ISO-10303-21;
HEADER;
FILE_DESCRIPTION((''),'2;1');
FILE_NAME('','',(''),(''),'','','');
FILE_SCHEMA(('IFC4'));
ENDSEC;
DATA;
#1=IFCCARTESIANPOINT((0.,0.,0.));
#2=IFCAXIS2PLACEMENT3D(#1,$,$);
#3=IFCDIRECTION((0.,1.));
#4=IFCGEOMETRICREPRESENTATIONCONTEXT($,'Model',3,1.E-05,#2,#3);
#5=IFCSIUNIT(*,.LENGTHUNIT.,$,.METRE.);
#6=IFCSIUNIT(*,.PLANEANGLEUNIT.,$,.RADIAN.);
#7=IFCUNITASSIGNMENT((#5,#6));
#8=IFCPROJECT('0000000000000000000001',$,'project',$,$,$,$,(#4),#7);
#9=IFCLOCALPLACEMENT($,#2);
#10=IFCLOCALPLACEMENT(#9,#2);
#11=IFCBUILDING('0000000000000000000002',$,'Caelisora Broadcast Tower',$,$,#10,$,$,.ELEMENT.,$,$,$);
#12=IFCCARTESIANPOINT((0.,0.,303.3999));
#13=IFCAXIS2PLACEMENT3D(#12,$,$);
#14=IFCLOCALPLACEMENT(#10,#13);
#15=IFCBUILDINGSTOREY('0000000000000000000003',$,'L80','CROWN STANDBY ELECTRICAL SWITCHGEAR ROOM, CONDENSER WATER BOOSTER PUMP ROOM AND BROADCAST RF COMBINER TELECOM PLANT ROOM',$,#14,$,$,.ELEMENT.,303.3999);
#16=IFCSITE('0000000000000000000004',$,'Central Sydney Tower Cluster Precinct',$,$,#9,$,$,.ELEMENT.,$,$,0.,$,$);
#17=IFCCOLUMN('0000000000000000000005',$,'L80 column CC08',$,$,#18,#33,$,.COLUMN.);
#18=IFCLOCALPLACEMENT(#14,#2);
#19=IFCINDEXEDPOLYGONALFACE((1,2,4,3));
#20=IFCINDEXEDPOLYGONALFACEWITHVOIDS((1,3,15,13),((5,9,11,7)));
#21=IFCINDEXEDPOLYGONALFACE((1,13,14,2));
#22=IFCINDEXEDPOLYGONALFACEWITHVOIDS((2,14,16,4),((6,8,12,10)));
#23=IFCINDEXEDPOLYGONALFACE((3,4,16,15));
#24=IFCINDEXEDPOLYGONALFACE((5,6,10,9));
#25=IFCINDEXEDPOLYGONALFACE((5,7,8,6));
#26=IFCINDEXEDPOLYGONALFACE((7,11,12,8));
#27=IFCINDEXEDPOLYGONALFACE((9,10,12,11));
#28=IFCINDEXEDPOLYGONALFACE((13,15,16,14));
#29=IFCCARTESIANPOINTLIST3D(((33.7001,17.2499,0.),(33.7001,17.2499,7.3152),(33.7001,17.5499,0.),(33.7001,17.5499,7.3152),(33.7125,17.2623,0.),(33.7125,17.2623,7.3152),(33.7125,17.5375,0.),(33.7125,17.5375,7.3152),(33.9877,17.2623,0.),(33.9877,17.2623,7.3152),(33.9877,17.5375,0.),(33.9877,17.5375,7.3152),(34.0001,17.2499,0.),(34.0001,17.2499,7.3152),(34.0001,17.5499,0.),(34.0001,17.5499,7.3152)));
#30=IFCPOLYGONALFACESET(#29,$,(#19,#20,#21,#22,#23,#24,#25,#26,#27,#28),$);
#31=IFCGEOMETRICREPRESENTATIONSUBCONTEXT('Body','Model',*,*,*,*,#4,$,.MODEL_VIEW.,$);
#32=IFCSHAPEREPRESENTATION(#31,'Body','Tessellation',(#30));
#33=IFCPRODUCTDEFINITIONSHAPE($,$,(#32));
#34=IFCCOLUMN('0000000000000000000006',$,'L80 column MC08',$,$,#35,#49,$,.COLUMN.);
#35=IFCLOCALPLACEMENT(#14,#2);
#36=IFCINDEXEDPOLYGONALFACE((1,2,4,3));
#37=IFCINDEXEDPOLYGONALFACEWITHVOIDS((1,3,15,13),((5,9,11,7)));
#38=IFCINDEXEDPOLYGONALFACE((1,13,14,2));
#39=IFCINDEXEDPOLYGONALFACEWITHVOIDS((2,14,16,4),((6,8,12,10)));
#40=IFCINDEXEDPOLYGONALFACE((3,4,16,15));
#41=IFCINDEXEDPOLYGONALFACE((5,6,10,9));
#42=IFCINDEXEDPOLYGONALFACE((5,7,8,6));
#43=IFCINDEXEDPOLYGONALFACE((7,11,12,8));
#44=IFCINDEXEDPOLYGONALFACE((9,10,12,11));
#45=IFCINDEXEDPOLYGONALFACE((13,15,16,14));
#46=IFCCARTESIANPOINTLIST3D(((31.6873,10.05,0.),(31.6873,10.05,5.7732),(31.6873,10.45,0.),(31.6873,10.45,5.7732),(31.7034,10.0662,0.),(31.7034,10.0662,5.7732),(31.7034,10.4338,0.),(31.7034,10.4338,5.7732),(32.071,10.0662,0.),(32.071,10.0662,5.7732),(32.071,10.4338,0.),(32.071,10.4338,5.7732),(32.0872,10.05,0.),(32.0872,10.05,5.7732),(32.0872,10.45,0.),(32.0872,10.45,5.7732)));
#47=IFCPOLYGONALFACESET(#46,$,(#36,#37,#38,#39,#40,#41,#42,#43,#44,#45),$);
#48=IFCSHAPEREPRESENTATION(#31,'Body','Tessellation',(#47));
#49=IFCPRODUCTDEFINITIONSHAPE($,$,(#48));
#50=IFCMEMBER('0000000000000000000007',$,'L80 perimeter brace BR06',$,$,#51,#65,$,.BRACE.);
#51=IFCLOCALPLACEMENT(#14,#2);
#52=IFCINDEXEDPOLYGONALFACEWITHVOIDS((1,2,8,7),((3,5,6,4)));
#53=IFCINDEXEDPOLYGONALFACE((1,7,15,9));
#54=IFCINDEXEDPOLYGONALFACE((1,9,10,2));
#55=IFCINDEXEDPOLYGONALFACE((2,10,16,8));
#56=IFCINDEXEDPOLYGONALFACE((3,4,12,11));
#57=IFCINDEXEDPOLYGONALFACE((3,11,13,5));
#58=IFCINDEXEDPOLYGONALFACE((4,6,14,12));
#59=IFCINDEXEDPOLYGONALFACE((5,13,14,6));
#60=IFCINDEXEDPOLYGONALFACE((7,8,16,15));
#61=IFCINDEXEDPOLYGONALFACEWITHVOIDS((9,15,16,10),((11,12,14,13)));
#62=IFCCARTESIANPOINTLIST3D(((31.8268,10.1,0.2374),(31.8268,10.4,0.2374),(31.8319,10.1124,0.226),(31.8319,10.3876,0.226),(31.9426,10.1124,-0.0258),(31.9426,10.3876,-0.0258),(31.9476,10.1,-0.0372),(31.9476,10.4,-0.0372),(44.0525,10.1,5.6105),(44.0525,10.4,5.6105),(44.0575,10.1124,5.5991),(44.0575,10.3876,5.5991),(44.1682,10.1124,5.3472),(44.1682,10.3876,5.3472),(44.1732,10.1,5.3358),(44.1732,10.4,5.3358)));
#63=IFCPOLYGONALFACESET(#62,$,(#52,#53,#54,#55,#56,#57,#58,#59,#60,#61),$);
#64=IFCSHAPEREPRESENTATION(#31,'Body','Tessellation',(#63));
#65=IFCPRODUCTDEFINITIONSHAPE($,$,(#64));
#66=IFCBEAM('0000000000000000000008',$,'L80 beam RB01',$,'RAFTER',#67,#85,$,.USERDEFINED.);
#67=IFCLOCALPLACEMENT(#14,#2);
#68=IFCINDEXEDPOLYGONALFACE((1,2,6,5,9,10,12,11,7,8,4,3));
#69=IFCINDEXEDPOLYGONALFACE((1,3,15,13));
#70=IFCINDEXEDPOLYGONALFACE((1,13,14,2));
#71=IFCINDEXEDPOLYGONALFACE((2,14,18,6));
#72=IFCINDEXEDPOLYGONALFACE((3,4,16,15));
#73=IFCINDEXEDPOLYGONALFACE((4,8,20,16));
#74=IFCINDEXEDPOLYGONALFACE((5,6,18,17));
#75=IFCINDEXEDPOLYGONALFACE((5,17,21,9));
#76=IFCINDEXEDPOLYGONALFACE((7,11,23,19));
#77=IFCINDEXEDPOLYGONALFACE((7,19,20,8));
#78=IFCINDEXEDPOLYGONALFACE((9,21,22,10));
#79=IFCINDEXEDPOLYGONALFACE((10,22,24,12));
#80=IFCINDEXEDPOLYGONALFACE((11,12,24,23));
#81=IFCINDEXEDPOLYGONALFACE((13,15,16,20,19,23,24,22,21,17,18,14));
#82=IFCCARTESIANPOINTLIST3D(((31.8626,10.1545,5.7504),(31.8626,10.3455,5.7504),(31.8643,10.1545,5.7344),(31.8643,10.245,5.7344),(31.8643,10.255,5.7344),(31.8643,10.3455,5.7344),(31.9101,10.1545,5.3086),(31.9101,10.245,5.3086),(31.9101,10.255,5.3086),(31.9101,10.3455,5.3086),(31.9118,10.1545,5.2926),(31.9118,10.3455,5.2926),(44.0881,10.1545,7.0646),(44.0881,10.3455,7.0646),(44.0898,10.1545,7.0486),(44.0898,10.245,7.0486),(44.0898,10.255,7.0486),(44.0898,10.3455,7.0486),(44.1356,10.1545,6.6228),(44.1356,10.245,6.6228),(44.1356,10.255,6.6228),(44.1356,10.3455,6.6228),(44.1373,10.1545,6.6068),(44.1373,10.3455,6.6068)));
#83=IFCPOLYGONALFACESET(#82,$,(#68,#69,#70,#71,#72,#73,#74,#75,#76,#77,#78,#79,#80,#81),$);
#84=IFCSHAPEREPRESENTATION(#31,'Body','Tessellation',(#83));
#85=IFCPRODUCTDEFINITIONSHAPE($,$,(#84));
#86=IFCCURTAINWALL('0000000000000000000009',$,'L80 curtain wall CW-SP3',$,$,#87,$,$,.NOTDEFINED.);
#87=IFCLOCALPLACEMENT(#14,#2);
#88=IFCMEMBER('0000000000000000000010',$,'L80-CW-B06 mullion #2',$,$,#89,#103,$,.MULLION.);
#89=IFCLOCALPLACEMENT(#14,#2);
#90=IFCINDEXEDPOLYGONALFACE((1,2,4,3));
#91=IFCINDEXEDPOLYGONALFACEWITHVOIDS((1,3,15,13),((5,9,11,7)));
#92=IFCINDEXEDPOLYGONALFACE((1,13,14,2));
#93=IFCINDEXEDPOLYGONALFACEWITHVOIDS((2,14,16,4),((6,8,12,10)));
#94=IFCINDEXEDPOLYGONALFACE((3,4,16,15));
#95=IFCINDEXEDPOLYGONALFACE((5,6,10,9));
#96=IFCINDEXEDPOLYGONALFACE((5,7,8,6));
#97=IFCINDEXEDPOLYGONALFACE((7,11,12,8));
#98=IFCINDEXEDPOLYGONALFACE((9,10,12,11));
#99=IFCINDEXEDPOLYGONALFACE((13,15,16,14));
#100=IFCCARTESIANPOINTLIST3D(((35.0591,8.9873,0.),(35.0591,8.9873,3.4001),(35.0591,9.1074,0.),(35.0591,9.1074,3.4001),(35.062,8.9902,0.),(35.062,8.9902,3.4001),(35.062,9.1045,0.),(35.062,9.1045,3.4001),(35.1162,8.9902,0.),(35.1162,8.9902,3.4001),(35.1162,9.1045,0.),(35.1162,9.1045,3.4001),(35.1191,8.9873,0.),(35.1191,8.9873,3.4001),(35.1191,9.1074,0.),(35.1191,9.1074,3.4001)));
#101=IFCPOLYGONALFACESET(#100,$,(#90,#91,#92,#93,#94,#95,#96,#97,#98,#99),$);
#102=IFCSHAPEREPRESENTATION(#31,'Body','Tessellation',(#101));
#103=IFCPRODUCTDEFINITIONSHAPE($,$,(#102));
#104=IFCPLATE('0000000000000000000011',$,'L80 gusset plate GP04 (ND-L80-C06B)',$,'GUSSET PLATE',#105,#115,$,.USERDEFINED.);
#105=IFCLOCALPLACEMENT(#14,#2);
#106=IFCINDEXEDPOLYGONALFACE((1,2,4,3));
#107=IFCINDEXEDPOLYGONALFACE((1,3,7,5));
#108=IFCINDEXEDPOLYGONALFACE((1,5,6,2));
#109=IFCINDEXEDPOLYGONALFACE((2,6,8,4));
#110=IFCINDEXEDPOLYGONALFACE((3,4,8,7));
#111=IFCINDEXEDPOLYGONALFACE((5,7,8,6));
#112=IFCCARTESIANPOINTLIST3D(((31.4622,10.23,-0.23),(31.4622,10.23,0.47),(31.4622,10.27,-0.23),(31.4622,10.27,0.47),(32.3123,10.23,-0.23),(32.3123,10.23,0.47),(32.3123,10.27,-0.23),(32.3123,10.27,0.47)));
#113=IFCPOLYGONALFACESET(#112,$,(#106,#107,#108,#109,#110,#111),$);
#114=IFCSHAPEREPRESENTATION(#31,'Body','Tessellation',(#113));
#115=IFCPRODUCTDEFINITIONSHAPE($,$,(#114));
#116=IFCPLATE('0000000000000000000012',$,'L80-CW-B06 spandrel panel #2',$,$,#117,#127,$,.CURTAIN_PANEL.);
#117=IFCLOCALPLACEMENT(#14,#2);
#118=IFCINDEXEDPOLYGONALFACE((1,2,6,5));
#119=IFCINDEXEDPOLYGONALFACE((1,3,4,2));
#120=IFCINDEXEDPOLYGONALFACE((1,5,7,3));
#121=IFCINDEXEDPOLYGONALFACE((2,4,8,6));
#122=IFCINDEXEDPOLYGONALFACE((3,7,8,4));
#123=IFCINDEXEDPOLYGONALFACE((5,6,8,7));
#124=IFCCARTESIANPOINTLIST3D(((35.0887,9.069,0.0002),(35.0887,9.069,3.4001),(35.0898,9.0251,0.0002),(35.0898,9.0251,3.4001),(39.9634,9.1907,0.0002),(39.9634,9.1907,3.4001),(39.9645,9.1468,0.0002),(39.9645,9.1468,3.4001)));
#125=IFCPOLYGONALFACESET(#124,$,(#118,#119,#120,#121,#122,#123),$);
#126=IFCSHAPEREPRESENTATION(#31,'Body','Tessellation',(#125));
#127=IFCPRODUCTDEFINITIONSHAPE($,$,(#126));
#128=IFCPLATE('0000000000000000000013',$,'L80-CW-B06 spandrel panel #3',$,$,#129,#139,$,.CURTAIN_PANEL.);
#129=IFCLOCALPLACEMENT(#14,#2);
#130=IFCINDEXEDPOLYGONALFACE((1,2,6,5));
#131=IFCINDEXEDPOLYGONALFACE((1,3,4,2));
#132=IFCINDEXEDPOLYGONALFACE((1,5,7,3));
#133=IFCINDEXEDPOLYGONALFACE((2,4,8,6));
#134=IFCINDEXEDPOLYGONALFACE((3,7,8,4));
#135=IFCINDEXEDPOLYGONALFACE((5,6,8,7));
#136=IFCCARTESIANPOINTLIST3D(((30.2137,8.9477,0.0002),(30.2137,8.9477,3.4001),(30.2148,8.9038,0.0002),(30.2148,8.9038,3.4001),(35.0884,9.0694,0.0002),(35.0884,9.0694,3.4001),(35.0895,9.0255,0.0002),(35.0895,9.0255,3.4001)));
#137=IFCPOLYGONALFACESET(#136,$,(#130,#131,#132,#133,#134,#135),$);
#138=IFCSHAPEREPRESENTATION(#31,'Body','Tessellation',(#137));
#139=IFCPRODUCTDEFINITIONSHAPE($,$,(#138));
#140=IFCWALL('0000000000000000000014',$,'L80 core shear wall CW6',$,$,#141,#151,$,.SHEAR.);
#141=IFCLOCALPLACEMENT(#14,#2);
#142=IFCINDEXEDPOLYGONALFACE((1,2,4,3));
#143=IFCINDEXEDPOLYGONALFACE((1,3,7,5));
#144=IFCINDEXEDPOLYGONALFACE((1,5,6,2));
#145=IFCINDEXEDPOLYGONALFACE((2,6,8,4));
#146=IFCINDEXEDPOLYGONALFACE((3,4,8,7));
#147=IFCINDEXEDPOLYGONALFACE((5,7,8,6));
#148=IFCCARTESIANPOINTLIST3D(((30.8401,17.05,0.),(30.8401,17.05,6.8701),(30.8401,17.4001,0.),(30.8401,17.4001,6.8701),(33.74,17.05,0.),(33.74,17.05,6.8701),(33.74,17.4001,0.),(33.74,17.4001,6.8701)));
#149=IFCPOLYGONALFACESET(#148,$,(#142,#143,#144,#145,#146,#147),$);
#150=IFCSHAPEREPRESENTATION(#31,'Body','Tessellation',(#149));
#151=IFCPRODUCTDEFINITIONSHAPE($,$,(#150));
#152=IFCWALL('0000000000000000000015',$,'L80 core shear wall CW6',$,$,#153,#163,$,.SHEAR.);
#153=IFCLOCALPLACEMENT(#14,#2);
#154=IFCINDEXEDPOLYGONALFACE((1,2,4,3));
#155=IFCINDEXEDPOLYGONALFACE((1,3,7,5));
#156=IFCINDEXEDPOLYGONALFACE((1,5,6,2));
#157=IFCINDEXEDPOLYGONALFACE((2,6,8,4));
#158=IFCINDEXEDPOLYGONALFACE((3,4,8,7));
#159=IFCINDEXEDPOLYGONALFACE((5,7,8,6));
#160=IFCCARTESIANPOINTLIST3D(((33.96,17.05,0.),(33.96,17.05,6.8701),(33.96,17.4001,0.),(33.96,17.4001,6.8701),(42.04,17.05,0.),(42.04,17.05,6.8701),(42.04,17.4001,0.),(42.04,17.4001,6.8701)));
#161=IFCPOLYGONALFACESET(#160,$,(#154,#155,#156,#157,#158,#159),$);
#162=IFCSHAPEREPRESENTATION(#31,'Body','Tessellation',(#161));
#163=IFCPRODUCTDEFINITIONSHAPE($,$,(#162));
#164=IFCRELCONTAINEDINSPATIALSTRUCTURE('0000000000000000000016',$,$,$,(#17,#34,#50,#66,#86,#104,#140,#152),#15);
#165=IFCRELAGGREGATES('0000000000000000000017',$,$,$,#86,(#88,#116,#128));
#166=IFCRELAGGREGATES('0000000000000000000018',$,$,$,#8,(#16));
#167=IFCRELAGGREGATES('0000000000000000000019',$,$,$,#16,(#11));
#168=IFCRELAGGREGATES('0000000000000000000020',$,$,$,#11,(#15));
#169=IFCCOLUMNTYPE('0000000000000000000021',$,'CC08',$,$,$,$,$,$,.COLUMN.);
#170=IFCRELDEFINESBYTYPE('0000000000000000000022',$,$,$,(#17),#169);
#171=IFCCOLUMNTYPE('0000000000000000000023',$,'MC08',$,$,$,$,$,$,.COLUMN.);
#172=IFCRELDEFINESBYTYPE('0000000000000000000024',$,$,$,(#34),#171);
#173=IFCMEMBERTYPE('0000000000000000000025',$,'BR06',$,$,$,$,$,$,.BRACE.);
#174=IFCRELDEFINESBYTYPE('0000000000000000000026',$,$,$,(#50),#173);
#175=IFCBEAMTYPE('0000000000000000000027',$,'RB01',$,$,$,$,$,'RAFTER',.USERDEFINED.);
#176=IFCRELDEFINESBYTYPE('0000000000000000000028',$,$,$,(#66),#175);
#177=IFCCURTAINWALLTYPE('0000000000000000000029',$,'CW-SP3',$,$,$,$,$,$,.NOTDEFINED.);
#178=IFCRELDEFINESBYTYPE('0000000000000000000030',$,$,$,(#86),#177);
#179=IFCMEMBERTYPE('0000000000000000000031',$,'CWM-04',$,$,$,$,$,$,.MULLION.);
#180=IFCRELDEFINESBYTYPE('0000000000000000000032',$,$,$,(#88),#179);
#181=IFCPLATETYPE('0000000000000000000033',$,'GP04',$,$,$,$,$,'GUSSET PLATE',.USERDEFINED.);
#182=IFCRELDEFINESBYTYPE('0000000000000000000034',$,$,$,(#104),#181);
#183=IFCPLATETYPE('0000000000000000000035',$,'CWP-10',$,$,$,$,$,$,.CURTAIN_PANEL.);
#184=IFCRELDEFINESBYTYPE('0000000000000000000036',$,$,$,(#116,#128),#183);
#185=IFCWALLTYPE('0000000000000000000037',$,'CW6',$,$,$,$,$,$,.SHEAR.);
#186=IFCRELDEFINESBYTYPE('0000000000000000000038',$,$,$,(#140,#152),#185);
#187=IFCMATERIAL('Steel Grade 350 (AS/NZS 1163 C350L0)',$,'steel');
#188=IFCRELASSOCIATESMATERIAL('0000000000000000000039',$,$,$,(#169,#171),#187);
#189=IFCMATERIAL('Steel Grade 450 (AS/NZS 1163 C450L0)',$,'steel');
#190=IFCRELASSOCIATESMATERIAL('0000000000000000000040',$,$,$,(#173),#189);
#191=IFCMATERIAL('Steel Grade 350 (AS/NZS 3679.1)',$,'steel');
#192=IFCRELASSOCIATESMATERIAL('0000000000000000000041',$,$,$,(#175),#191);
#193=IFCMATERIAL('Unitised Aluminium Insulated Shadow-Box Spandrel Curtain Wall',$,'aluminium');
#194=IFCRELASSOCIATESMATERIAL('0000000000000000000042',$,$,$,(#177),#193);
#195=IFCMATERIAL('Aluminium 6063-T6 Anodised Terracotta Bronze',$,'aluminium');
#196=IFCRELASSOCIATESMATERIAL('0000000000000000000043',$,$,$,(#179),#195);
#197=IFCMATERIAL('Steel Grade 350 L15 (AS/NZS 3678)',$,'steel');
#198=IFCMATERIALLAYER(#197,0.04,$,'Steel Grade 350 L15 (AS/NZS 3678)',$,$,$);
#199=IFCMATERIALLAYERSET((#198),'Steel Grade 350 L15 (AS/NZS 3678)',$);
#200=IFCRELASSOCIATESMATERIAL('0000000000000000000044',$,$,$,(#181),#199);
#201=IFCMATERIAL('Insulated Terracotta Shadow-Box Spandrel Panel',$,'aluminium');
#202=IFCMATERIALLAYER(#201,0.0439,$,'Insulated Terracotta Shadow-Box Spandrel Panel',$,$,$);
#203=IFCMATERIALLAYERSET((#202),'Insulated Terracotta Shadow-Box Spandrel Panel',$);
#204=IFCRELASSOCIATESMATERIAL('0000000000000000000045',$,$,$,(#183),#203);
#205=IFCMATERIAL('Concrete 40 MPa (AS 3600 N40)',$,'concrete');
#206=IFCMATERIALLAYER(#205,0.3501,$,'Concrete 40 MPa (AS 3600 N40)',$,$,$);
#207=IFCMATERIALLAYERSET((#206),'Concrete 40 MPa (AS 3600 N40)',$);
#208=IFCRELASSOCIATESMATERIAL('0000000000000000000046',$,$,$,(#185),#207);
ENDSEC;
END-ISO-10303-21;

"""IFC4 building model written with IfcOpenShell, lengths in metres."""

from ifc_helpers import new_model, si_unit, direction, frame, frame_2d, origin, origin_2d, place, context, subcontext, project, spatial, rectangle, hollow_rectangle, i_section, extrude, source, transform, mapped, material, layer, layer_set, material_profile, profile_set, type_object, type_shapes, element, aggregate, save


model = new_model("IFC4")

# Units and contexts
model_context = context("Model", 3, precision=1e-05, world=origin(), true_north=direction((0.0, 1.0)))
body_context = subcontext(model_context, "Body", "Model", "MODEL_VIEW")
ifc_project = project(units=[si_unit("LENGTHUNIT", "METRE"), si_unit("PLANEANGLEUNIT", "RADIAN")], contexts=[model_context])

# Site, building, storey
site_placement = place(None, origin())
site = spatial("IfcSite", under=ifc_project, at=site_placement, Name="Central Sydney Tower Cluster Precinct", CompositionType="ELEMENT", RefElevation=0.0)
building_placement = place(site_placement, origin())
building = spatial("IfcBuilding", under=site, at=building_placement, Name="Caelisora Broadcast Tower", CompositionType="ELEMENT")
storey_placement = place(building_placement, frame((0.0, 0.0, 303.3999)))
storey = spatial("IfcBuildingStorey", under=building, at=storey_placement, Name="L80", Description="CROWN STANDBY ELECTRICAL SWITCHGEAR ROOM, CONDENSER WATER BOOSTER PUMP ROOM AND BROADCAST RF COMBINER TELECOM PLANT ROOM", CompositionType="ELEMENT", Elevation=303.3999)

# Columns
ifc_material_1 = material(Name="Steel Grade 350 (AS/NZS 1163 C350L0)", Category="steel")
ifc_material_profile_1 = material_profile(ifc_material_1, hollow_rectangle(XDim=0.3, YDim=0.3, WallThickness=0.0125, at=origin_2d()), Name="Steel Grade 350 (AS/NZS 1163 C350L0)")
ifc_profile_set_1 = profile_set([ifc_material_profile_1], Name="Steel Grade 350 (AS/NZS 1163 C350L0)")
column_type_1 = type_object("IfcColumnType", Name="CC08", PredefinedType="COLUMN", material=ifc_profile_set_1)
shared_shape_1 = source(origin(), body_context, "Body", "SweptSolid", [
    extrude(hollow_rectangle(XDim=0.3, YDim=0.3, WallThickness=0.0125, at=origin_2d()), origin(), (0.0, 0.0, 1.0), 7.3152),
])
type_shapes(column_type_1, [shared_shape_1])
column_1_placement = place(storey_placement, frame((33.8501, 17.3999, 0.0), z_axis=(0.0, 0.0, 1.0), x_axis=(1.0, 0.0, 0.0)))
element("IfcColumn", 1, at=column_1_placement, inside=storey, type_object=column_type_1, Name="L80 column CC08", PredefinedType="COLUMN", context=body_context, shape_type="MappedRepresentation", body=[
    mapped(shared_shape_1, transform((0.0, 0.0, 0.0), scale=1.0)),
])
ifc_material_profile_2 = material_profile(ifc_material_1, hollow_rectangle(XDim=0.3999, YDim=0.3999, WallThickness=0.0161, at=origin_2d()), Name="Steel Grade 350 (AS/NZS 1163 C350L0)")
ifc_profile_set_2 = profile_set([ifc_material_profile_2], Name="Steel Grade 350 (AS/NZS 1163 C350L0)")
column_type_2 = type_object("IfcColumnType", Name="MC08", PredefinedType="COLUMN", material=ifc_profile_set_2)
shared_shape_2 = source(origin(), body_context, "Body", "SweptSolid", [
    extrude(hollow_rectangle(XDim=0.3999, YDim=0.3999, WallThickness=0.0161, at=origin_2d()), origin(), (0.0, 0.0, 1.0), 5.7732),
])
type_shapes(column_type_2, [shared_shape_2])
column_2_placement = place(storey_placement, frame((31.8872, 10.25, 0.0), z_axis=(0.0, 0.0, 1.0), x_axis=(1.0, 0.0, 0.0)))
element("IfcColumn", 2, at=column_2_placement, inside=storey, type_object=column_type_2, Name="L80 column MC08", PredefinedType="COLUMN", context=body_context, shape_type="MappedRepresentation", body=[
    mapped(shared_shape_2, transform((0.0, 0.0, 0.0), scale=1.0)),
])

# Member
ifc_material_2 = material(Name="Steel Grade 450 (AS/NZS 1163 C450L0)", Category="steel")
ifc_material_profile_3 = material_profile(ifc_material_2, hollow_rectangle(XDim=0.3, YDim=0.3, WallThickness=0.0125, at=origin_2d()), Name="Steel Grade 450 (AS/NZS 1163 C450L0)")
ifc_profile_set_3 = profile_set([ifc_material_profile_3], Name="Steel Grade 450 (AS/NZS 1163 C450L0)")
member_type_1 = type_object("IfcMemberType", Name="BR06", PredefinedType="BRACE", material=ifc_profile_set_3)
shared_shape_3 = source(origin(), body_context, "Body", "SweptSolid", [
    extrude(hollow_rectangle(XDim=0.3, YDim=0.3, WallThickness=0.0125, at=origin_2d()), origin(), (0.0, 0.0, 1.0), 13.3542),
])
type_shapes(member_type_1, [shared_shape_3])
member_1_placement = place(storey_placement, frame((31.8872, 10.25, 0.1001), z_axis=(0.915486, 0.0, 0.402349), x_axis=(0.0, 1.0, 0.0)))
element("IfcMember", 3, at=member_1_placement, inside=storey, type_object=member_type_1, Name="L80 perimeter brace BR06", PredefinedType="BRACE", context=body_context, shape_type="MappedRepresentation", body=[
    mapped(shared_shape_3, transform((0.0, 0.0, 0.0), scale=1.0)),
])

# Beam
ifc_material_3 = material(Name="Steel Grade 350 (AS/NZS 3679.1)", Category="steel")
ifc_material_profile_4 = material_profile(ifc_material_3, i_section(OverallWidth=0.1909, OverallDepth=0.4604, WebThickness=0.01, FlangeThickness=0.0161, at=origin_2d()), Name="Steel Grade 350 (AS/NZS 3679.1)")
ifc_profile_set_4 = profile_set([ifc_material_profile_4], Name="Steel Grade 350 (AS/NZS 3679.1)")
beam_type = type_object("IfcBeamType", Name="RB01", ElementType="RAFTER", PredefinedType="USERDEFINED", material=ifc_profile_set_4)
shared_shape_4 = source(origin(), body_context, "Body", "SweptSolid", [
    extrude(i_section(OverallWidth=0.1909, OverallDepth=0.4604, WebThickness=0.01, FlangeThickness=0.0161, at=origin_2d()), origin(), (0.0, 0.0, 1.0), 12.2959),
])
type_shapes(beam_type, [shared_shape_4])
beam_placement = place(storey_placement, frame((31.8872, 10.25, 5.5215), z_axis=(0.994272, 0.0, 0.106881), x_axis=(0.0, 1.0, 0.0)))
element("IfcBeam", 4, at=beam_placement, inside=storey, type_object=beam_type, Name="L80 beam RB01", ObjectType="RAFTER", PredefinedType="USERDEFINED", context=body_context, shape_type="MappedRepresentation", body=[
    mapped(shared_shape_4, transform((0.0, 0.0, 0.0), scale=1.0)),
])

# Curtain wall, member
ifc_material_4 = material(Name="Unitised Aluminium Insulated Shadow-Box Spandrel Curtain Wall", Category="aluminium")
curtain_wall_type = type_object("IfcCurtainWallType", Name="CW-SP3", PredefinedType="NOTDEFINED", material=ifc_material_4)
curtain_wall_placement = place(storey_placement, origin())
curtain_wall = element("IfcCurtainWall", 5, at=curtain_wall_placement, inside=storey, type_object=curtain_wall_type, Name="L80 curtain wall CW-SP3", PredefinedType="NOTDEFINED")
ifc_material_5 = material(Name="Aluminium 6063-T6 Anodised Terracotta Bronze", Category="aluminium")
ifc_material_profile_5 = material_profile(ifc_material_5, hollow_rectangle(XDim=0.0601, YDim=0.1201, WallThickness=0.0029, at=origin_2d()), Name="Aluminium 6063-T6 Anodised Terracotta Bronze")
ifc_profile_set_5 = profile_set([ifc_material_profile_5], Name="Aluminium 6063-T6 Anodised Terracotta Bronze")
member_type_2 = type_object("IfcMemberType", Name="CWM-04", PredefinedType="MULLION", material=ifc_profile_set_5)
shared_shape_5 = source(origin(), body_context, "Body", "SweptSolid", [
    extrude(hollow_rectangle(XDim=0.0601, YDim=0.1201, WallThickness=0.0029, at=origin_2d()), origin(), (0.0, 0.0, 1.0), 3.4001),
])
type_shapes(member_type_2, [shared_shape_5])
member_2_placement = place(storey_placement, frame((35.0891, 9.0474, 0.0), z_axis=(0.0, 0.0, 1.0), x_axis=(1.0, 0.0, 0.0)))
member_2 = element("IfcMember", 6, at=member_2_placement, type_object=member_type_2, Name="L80-CW-B06 mullion #2", PredefinedType="MULLION", context=body_context, shape_type="MappedRepresentation", body=[
    mapped(shared_shape_5, transform((0.0, 0.0, 0.0), scale=1.0)),
])

# Plates
ifc_material_6 = material(Name="Steel Grade 350 L15 (AS/NZS 3678)", Category="steel")
ifc_layer_1 = layer(ifc_material_6, 0.04, Name="Steel Grade 350 L15 (AS/NZS 3678)")
ifc_layer_set_1 = layer_set([ifc_layer_1], Name="Steel Grade 350 L15 (AS/NZS 3678)")
plate_type_1 = type_object("IfcPlateType", Name="GP04", ElementType="GUSSET PLATE", PredefinedType="USERDEFINED", material=ifc_layer_set_1)
shared_shape_6 = source(origin(), body_context, "Body", "SweptSolid", [
    extrude(rectangle(XDim=0.8501, YDim=0.04, at=origin_2d()), origin(), (0.0, 0.0, 1.0), 0.7),
])
type_shapes(plate_type_1, [shared_shape_6])
plate_1_placement = place(storey_placement, frame((31.8872, 10.25, -0.23), z_axis=(0.0, 0.0, 1.0), x_axis=(1.0, 0.0, 0.0)))
element("IfcPlate", 7, at=plate_1_placement, inside=storey, type_object=plate_type_1, Name="L80 gusset plate GP04 (ND-L80-C06B)", ObjectType="GUSSET PLATE", PredefinedType="USERDEFINED", context=body_context, shape_type="MappedRepresentation", body=[
    mapped(shared_shape_6, transform((0.0, 0.0, 0.0), scale=1.0)),
])
ifc_material_7 = material(Name="Insulated Terracotta Shadow-Box Spandrel Panel", Category="aluminium")
ifc_layer_2 = layer(ifc_material_7, 0.0439, Name="Insulated Terracotta Shadow-Box Spandrel Panel")
ifc_layer_set_2 = layer_set([ifc_layer_2], Name="Insulated Terracotta Shadow-Box Spandrel Panel")
plate_type_2 = type_object("IfcPlateType", Name="CWP-10", PredefinedType="CURTAIN_PANEL", material=ifc_layer_set_2)
shared_shape_7 = source(origin(), body_context, "Body", "SweptSolid", [
    extrude(rectangle(XDim=4.8762, YDim=0.0439, at=origin_2d()), origin(), (0.0, 0.0, 1.0), 3.3999),
])
type_shapes(plate_type_2, [shared_shape_7])
plate_2_placement = place(storey_placement, frame((37.5266, 9.1079, 0.0002), z_axis=(0.0, 0.0, 1.0), x_axis=(-0.999689, -0.024956, 0.0)))
plate_2 = element("IfcPlate", 8, at=plate_2_placement, type_object=plate_type_2, Name="L80-CW-B06 spandrel panel #2", PredefinedType="CURTAIN_PANEL", context=body_context, shape_type="MappedRepresentation", body=[
    mapped(shared_shape_7, transform((0.0, 0.0, 0.0), scale=1.0)),
])
plate_3_placement = place(storey_placement, frame((32.6516, 8.9866, 0.0002), z_axis=(0.0, 0.0, 1.0), x_axis=(-0.999689, -0.024956, 0.0)))
plate_3 = element("IfcPlate", 9, at=plate_3_placement, type_object=plate_type_2, Name="L80-CW-B06 spandrel panel #3", PredefinedType="CURTAIN_PANEL", context=body_context, shape_type="MappedRepresentation", body=[
    mapped(shared_shape_7, transform((0.0, 0.0, 0.0), scale=1.0)),
])
aggregate(curtain_wall, [member_2, plate_2, plate_3])

# Walls
ifc_material_8 = material(Name="Concrete 40 MPa (AS 3600 N40)", Category="concrete")
ifc_layer_3 = layer(ifc_material_8, 0.3501, Name="Concrete 40 MPa (AS 3600 N40)")
ifc_layer_set_3 = layer_set([ifc_layer_3], Name="Concrete 40 MPa (AS 3600 N40)")
wall_type_1 = type_object("IfcWallType", Name="CW6", PredefinedType="SHEAR", material=ifc_layer_set_3)
wall_1_placement = place(storey_placement, frame((30.8401, 17.2251, 0.0), z_axis=(0.0, 0.0, 1.0), x_axis=(1.0, 0.0, 0.0)))
element("IfcWall", 10, at=wall_1_placement, inside=storey, type_object=wall_type_1, Name="L80 core shear wall CW6", PredefinedType="SHEAR", context=body_context, shape_type="SweptSolid", body=[
    extrude(rectangle(XDim=2.8999, YDim=0.3501, at=frame_2d((1.45, 0.0))), origin(), (0.0, 0.0, 1.0), 6.8701),
])
wall_2_placement = place(storey_placement, frame((33.96, 17.2251, 0.0), z_axis=(0.0, 0.0, 1.0), x_axis=(1.0, 0.0, 0.0)))
element("IfcWall", 11, at=wall_2_placement, inside=storey, type_object=wall_type_1, Name="L80 core shear wall CW6", PredefinedType="SHEAR", context=body_context, shape_type="SweptSolid", body=[
    extrude(rectangle(XDim=8.0801, YDim=0.3501, at=frame_2d((4.04, 0.0))), origin(), (0.0, 0.0, 1.0), 6.8701),
])

save(model, "model.ifc")
